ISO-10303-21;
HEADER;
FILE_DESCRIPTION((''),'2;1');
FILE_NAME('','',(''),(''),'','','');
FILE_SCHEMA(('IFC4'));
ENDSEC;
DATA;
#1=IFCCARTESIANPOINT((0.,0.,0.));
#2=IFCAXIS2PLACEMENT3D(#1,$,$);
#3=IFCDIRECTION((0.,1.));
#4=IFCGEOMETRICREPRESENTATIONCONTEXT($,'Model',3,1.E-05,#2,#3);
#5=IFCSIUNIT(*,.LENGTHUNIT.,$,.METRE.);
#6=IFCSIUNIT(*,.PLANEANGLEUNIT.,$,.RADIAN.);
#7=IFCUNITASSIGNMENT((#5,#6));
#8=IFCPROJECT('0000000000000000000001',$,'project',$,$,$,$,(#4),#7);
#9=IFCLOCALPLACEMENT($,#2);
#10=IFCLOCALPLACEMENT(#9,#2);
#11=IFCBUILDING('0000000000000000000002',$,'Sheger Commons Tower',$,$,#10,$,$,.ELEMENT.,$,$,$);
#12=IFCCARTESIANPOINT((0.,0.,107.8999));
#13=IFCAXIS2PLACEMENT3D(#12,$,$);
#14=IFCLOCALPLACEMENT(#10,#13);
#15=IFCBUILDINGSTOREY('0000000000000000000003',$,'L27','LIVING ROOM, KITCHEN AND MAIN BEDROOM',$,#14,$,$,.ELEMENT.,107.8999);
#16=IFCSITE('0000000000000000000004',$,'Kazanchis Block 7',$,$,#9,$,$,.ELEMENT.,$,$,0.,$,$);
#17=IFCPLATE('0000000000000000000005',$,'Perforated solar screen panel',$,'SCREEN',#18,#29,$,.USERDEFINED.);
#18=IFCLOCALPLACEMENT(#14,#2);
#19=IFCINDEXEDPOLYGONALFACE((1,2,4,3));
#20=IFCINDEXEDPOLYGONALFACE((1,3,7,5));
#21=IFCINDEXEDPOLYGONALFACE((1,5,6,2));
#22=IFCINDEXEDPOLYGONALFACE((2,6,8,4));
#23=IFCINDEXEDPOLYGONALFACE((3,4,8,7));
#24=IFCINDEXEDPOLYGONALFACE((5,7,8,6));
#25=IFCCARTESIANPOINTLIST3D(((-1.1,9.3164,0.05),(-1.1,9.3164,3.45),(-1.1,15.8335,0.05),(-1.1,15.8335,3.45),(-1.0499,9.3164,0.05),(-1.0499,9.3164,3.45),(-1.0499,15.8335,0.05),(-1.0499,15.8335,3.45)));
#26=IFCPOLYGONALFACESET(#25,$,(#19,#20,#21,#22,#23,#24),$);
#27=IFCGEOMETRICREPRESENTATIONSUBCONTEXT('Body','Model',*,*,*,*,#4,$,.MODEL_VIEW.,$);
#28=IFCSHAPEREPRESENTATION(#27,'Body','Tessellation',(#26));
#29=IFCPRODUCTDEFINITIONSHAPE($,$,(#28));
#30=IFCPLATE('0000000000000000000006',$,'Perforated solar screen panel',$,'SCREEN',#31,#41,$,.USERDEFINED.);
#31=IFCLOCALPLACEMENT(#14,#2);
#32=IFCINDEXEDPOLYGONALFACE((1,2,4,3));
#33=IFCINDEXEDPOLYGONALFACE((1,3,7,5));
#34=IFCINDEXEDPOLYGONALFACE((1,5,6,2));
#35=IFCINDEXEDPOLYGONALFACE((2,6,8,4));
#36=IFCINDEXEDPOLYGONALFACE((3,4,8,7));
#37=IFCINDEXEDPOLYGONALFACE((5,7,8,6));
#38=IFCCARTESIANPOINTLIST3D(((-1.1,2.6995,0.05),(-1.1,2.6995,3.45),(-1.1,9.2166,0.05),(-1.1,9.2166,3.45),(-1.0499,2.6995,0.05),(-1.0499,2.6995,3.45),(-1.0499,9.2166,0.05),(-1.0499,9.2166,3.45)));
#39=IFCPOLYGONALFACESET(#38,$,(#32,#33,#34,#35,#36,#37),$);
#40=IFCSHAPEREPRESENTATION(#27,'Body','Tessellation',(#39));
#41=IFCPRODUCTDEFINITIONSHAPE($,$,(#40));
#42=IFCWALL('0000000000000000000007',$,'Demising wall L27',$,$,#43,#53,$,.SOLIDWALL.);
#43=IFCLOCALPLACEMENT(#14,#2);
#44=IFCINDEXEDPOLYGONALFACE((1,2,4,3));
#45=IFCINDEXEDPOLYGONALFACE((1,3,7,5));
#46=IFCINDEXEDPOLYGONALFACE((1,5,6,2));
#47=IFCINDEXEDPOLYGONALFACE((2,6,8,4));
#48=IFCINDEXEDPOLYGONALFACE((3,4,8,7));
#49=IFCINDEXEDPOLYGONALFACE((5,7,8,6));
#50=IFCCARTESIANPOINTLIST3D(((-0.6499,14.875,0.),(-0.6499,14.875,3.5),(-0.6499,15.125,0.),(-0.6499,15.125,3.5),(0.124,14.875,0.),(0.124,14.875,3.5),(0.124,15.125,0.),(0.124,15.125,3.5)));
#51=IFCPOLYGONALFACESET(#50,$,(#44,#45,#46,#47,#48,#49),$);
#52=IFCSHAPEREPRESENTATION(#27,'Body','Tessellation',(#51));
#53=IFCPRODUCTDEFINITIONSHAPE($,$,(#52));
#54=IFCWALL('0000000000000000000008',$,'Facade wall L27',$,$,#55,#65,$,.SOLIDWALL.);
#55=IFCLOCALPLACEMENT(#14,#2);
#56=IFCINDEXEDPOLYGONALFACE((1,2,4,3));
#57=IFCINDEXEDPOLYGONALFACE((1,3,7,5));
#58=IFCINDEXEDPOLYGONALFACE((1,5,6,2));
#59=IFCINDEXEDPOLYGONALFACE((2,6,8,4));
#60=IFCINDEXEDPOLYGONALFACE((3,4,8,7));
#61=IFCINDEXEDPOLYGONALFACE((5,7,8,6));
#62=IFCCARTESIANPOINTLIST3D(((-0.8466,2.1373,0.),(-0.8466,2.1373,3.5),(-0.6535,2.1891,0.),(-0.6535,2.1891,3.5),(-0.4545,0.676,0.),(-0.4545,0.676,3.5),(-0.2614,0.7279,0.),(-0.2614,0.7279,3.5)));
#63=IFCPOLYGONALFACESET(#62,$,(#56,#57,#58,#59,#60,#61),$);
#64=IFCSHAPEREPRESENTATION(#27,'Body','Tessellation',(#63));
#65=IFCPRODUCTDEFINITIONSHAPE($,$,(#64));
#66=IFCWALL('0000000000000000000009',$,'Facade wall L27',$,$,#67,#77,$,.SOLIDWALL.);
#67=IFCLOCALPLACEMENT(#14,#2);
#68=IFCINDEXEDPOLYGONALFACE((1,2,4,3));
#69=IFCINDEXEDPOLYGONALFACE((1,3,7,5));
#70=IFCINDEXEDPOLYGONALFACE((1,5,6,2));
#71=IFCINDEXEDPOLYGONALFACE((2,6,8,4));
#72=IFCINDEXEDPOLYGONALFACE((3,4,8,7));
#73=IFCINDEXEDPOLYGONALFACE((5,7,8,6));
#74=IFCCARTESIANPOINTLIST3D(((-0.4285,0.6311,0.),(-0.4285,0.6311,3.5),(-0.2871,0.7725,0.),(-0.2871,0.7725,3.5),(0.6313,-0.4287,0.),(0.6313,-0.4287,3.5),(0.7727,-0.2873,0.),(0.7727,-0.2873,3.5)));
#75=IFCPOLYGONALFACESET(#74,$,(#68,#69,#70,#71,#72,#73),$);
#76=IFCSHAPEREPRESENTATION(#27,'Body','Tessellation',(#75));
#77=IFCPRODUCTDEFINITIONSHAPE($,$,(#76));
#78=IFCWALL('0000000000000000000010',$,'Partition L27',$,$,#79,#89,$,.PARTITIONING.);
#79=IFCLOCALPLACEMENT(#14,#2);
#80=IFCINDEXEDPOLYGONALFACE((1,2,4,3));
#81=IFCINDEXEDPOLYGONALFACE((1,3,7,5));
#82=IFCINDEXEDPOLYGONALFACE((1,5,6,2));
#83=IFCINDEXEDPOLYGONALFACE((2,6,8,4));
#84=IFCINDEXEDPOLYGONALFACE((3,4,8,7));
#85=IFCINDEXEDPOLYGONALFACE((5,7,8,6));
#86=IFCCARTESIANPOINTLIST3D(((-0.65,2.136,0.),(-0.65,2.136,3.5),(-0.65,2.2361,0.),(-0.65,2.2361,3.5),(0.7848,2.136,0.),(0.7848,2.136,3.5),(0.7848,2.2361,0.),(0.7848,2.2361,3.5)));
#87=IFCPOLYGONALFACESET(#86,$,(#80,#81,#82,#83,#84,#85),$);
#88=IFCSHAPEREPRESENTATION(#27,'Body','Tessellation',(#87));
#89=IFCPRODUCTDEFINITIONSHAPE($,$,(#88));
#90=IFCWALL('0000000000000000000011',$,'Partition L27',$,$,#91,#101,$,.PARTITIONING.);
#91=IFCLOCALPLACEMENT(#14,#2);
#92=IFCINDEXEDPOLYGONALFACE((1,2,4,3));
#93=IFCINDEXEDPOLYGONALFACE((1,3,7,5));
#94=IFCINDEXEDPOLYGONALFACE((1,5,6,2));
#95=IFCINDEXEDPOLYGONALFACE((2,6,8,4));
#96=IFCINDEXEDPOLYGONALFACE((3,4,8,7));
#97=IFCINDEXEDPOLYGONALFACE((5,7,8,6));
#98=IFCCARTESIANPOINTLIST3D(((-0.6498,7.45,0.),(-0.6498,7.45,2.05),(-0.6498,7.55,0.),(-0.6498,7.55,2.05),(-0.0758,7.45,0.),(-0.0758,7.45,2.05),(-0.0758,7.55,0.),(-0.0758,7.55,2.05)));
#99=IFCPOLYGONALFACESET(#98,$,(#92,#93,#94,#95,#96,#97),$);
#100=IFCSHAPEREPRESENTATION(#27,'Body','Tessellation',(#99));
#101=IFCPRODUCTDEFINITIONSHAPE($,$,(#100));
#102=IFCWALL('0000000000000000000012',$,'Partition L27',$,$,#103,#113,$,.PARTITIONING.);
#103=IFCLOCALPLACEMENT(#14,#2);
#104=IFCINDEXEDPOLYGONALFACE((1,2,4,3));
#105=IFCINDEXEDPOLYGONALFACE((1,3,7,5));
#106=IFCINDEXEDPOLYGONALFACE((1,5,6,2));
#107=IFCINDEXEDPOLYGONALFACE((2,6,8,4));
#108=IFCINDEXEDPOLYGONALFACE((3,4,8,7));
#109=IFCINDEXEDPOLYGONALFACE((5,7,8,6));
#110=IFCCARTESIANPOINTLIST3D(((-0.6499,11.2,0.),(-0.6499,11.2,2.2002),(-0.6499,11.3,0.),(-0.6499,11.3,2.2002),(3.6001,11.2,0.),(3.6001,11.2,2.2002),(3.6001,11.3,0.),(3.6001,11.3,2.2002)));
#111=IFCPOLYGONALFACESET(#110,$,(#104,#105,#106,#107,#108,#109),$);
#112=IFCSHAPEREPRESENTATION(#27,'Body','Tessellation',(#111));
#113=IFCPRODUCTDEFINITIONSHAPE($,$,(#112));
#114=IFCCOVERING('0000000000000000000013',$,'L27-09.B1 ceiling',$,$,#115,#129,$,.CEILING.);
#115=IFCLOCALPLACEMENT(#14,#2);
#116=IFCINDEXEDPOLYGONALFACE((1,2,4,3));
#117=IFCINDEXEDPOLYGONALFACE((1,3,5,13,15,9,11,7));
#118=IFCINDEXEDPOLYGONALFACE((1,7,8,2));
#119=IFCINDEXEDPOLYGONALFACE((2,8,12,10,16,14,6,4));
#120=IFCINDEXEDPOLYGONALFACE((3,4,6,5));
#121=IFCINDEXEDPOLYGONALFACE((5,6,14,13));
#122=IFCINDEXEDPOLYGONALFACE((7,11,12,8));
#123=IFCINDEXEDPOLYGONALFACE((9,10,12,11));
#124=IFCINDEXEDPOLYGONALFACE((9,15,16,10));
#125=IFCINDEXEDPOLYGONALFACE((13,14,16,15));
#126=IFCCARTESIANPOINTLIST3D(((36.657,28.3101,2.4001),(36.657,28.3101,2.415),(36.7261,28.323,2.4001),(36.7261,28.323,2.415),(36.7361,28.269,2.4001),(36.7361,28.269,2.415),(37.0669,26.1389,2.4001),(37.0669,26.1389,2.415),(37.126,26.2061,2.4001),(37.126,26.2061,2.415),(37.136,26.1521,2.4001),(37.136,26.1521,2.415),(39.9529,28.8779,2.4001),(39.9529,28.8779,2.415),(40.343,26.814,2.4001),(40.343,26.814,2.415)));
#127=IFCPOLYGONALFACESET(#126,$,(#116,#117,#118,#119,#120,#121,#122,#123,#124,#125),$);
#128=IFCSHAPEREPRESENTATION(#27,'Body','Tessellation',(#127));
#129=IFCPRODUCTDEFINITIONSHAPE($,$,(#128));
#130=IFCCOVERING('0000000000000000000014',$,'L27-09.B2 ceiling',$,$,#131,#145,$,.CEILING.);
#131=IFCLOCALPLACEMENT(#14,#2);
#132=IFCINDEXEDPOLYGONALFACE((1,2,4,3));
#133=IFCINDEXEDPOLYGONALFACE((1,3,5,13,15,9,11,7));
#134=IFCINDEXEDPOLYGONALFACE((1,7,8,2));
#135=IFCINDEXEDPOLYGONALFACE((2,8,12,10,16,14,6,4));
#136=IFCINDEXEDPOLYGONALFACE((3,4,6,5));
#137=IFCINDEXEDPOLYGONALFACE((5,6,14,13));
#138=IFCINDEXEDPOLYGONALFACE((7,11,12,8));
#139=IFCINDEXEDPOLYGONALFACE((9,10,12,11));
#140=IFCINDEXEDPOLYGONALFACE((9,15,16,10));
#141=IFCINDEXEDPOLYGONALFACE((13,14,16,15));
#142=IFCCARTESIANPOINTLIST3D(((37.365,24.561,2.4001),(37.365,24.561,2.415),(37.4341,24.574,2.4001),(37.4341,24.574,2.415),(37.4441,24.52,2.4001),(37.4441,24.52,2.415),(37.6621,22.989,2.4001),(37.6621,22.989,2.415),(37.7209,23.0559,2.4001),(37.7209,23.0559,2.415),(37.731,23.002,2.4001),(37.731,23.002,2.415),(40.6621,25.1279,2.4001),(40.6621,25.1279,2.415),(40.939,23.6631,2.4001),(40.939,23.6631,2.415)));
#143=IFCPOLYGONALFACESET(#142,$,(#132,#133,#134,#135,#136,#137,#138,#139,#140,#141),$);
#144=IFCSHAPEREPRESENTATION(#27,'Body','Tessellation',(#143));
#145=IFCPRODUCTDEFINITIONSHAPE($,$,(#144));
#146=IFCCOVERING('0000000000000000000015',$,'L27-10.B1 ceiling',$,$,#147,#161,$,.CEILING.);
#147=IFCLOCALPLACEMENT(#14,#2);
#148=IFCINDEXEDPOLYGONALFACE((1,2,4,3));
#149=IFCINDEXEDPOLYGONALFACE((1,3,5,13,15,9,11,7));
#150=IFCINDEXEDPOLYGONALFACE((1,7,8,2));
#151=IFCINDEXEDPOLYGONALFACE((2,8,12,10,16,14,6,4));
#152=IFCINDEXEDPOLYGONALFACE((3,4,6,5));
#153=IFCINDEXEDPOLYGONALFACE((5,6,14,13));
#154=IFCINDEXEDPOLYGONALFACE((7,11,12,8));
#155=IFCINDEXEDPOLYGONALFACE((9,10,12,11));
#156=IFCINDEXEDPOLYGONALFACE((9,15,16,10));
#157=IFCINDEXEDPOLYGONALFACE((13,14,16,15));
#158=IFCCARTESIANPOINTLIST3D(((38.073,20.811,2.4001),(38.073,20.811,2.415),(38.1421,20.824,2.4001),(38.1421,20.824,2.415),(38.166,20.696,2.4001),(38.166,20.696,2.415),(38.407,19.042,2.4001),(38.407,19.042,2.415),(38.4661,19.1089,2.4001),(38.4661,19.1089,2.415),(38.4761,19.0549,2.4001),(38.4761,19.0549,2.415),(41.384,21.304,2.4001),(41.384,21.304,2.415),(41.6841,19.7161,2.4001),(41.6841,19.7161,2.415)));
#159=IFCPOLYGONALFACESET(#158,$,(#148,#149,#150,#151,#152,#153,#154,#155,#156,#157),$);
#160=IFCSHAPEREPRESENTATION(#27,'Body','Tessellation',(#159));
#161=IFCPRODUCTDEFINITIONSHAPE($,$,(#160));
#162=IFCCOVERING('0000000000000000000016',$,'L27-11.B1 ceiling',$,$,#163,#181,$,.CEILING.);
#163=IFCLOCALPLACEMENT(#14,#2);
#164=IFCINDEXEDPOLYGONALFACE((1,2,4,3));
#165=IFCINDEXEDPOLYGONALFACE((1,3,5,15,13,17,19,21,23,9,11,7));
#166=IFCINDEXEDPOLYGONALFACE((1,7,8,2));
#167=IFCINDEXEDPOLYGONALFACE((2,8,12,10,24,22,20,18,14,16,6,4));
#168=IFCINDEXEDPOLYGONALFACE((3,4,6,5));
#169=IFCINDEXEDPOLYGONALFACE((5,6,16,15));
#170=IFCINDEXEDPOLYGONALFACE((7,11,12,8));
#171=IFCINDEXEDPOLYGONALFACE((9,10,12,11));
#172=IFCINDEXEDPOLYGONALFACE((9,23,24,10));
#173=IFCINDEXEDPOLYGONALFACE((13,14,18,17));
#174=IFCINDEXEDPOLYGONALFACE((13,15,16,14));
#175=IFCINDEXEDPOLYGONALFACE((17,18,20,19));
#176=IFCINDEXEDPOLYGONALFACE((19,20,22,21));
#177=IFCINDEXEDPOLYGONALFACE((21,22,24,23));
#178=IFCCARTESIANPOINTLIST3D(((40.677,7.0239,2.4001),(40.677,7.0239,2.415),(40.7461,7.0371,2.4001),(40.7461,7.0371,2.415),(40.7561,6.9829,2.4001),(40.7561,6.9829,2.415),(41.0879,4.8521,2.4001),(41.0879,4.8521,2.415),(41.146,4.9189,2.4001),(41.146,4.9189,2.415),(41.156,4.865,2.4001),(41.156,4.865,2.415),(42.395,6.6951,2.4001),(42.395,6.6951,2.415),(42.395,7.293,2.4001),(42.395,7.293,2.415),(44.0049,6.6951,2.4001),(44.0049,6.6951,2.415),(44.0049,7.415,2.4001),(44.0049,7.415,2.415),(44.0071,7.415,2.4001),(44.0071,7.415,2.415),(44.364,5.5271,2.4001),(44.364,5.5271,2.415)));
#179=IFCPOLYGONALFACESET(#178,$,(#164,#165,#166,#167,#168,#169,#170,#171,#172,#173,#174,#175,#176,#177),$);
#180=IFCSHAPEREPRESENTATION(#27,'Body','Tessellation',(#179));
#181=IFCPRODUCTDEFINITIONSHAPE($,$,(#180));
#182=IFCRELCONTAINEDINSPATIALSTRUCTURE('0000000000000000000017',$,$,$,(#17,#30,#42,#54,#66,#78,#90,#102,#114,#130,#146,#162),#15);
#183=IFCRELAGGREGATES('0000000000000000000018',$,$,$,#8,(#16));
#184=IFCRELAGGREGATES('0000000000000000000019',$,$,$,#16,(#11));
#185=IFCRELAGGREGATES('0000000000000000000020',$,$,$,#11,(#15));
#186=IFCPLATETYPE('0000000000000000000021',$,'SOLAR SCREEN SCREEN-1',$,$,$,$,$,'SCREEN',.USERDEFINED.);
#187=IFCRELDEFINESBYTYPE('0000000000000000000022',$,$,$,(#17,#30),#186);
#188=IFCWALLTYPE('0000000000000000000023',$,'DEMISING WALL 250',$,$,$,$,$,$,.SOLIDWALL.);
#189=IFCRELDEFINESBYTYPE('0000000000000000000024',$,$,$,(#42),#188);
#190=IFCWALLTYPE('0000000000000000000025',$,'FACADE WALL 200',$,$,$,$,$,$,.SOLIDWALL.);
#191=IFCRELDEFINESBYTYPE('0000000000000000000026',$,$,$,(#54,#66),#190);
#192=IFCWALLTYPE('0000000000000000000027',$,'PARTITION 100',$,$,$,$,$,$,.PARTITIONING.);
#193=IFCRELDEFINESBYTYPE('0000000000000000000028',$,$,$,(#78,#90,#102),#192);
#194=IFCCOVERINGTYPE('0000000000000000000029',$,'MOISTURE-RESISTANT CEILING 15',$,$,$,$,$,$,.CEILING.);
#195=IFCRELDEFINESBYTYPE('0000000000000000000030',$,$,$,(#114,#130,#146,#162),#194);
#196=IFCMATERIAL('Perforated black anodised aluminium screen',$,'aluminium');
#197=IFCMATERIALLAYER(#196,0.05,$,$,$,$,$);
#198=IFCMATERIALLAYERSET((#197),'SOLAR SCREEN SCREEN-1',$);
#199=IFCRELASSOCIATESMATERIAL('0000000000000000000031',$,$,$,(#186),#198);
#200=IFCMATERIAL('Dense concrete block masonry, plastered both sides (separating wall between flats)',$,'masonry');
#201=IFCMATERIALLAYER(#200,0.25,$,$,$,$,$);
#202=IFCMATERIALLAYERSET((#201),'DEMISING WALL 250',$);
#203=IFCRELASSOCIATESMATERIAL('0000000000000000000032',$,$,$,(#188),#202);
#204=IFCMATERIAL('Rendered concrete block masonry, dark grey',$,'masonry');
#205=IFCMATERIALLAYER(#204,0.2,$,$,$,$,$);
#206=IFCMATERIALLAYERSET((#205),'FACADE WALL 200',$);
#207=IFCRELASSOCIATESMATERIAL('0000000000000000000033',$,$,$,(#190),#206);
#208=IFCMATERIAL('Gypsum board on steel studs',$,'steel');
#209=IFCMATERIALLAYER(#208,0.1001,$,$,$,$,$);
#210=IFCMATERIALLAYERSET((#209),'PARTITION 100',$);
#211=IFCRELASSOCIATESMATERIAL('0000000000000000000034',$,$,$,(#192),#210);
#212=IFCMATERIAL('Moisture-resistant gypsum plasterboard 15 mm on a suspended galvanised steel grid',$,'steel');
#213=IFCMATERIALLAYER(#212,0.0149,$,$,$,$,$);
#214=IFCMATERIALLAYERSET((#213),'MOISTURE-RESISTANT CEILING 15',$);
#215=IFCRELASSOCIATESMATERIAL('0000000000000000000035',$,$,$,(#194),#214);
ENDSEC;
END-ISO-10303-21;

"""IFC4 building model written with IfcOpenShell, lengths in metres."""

from ifc_helpers import new_model, si_unit, direction, frame, frame_2d, origin, origin_2d, place, context, subcontext, project, spatial, polyline, rectangle, outline, extrude, material, layer, layer_set, type_object, element, save


model = new_model("IFC4")

# Units and contexts
model_context = context("Model", 3, precision=1e-05, world=origin(), true_north=direction((0.0, 1.0)))
body_context = subcontext(model_context, "Body", "Model", "MODEL_VIEW")
ifc_project = project(units=[si_unit("LENGTHUNIT", "METRE"), si_unit("PLANEANGLEUNIT", "RADIAN")], contexts=[model_context])

# Site, building, storey
site_placement = place(None, origin())
site = spatial("IfcSite", under=ifc_project, at=site_placement, Name="Kazanchis Block 7", CompositionType="ELEMENT", RefElevation=0.0)
building_placement = place(site_placement, origin())
building = spatial("IfcBuilding", under=site, at=building_placement, Name="Sheger Commons Tower", CompositionType="ELEMENT")
storey_placement = place(building_placement, frame((0.0, 0.0, 107.8999)))
storey = spatial("IfcBuildingStorey", under=building, at=storey_placement, Name="L27", Description="LIVING ROOM, KITCHEN AND MAIN BEDROOM", CompositionType="ELEMENT", Elevation=107.8999)

# Plates
ifc_material_1 = material(Name="Perforated black anodised aluminium screen", Category="aluminium")
ifc_layer_1 = layer(ifc_material_1, 0.05)
ifc_layer_set_1 = layer_set([ifc_layer_1], Name="SOLAR SCREEN SCREEN-1")
plate_type = type_object("IfcPlateType", Name="SOLAR SCREEN SCREEN-1", ElementType="SCREEN", PredefinedType="USERDEFINED", material=ifc_layer_set_1)
for number, where, z_axis, x_axis, name in (
    (1, (-1.075, 12.575, 0.05), (0.0, 0.0, 1.0), (0.0, -1.0, 0.0), "Perforated solar screen panel"),
    (2, (-1.075, 5.958, 0.05), (0.0, 0.0, 1.0), (0.0, -1.0, 0.0), "Perforated solar screen panel"),
):
    element("IfcPlate", number, at=place(storey_placement, frame(where, z_axis=z_axis, x_axis=x_axis)), inside=storey, type_object=plate_type, Name=name, ObjectType="SCREEN", PredefinedType="USERDEFINED", context=body_context, shape_type="SweptSolid", body=[
        extrude(rectangle(XDim=6.5171, YDim=0.05, at=origin_2d()), origin(), (0.0, 0.0, 1.0), 3.3999),
    ])

# Walls
ifc_material_2 = material(Name="Dense concrete block masonry, plastered both sides (separating wall between flats)", Category="masonry")
ifc_layer_2 = layer(ifc_material_2, 0.25)
ifc_layer_set_2 = layer_set([ifc_layer_2], Name="DEMISING WALL 250")
wall_type_1 = type_object("IfcWallType", Name="DEMISING WALL 250", PredefinedType="SOLIDWALL", material=ifc_layer_set_2)
wall_1_placement = place(storey_placement, frame((-0.6499, 15.0, 0.0), z_axis=(0.0, 0.0, 1.0), x_axis=(1.0, 0.0, 0.0)))
element("IfcWall", 3, at=wall_1_placement, inside=storey, type_object=wall_type_1, Name="Demising wall L27", PredefinedType="SOLIDWALL", context=body_context, shape_type="SweptSolid", body=[
    extrude(rectangle(XDim=0.7739, YDim=0.25, at=frame_2d((0.387, 0.0))), origin(), (0.0, 0.0, 1.0), 3.5),
])
ifc_material_3 = material(Name="Rendered concrete block masonry, dark grey", Category="masonry")
ifc_layer_3 = layer(ifc_material_3, 0.2)
ifc_layer_set_3 = layer_set([ifc_layer_3], Name="FACADE WALL 200")
wall_type_2 = type_object("IfcWallType", Name="FACADE WALL 200", PredefinedType="SOLIDWALL", material=ifc_layer_set_3)
wall_2_placement = place(storey_placement, frame((-0.75, 2.1631, 0.0), z_axis=(0.0, 0.0, 1.0), x_axis=(0.259169, -0.965832, 0.0)))
element("IfcWall", 4, at=wall_2_placement, inside=storey, type_object=wall_type_2, Name="Facade wall L27", PredefinedType="SOLIDWALL", context=body_context, shape_type="SweptSolid", body=[
    extrude(rectangle(XDim=1.5129, YDim=0.2, at=frame_2d((0.7563, 0.0))), origin(), (0.0, 0.0, 1.0), 3.5),
])
wall_3_placement = place(storey_placement, frame((-0.3579, 0.7019, 0.0), z_axis=(0.0, 0.0, 1.0), x_axis=(0.707107, -0.707107, 0.0)))
element("IfcWall", 5, at=wall_3_placement, inside=storey, type_object=wall_type_2, Name="Facade wall L27", PredefinedType="SOLIDWALL", context=body_context, shape_type="SweptSolid", body=[
    extrude(rectangle(XDim=1.4988, YDim=0.2, at=frame_2d((0.7495, 0.0))), origin(), (0.0, 0.0, 1.0), 3.5),
])
ifc_material_4 = material(Name="Gypsum board on steel studs", Category="steel")
ifc_layer_4 = layer(ifc_material_4, 0.1001)
ifc_layer_set_4 = layer_set([ifc_layer_4], Name="PARTITION 100")
wall_type_3 = type_object("IfcWallType", Name="PARTITION 100", PredefinedType="PARTITIONING", material=ifc_layer_set_4)
wall_4_placement = place(storey_placement, frame((-0.6499, 2.186, 0.0), z_axis=(0.0, 0.0, 1.0), x_axis=(1.0, 0.0, 0.0)))
element("IfcWall", 6, at=wall_4_placement, inside=storey, type_object=wall_type_3, Name="Partition L27", PredefinedType="PARTITIONING", context=body_context, shape_type="SweptSolid", body=[
    extrude(rectangle(XDim=1.4348, YDim=0.1001, at=frame_2d((0.7173, 0.0))), origin(), (0.0, 0.0, 1.0), 3.5),
])
wall_5_placement = place(storey_placement, frame((-0.6499, 7.5, 0.0), z_axis=(0.0, 0.0, 1.0), x_axis=(1.0, 0.0, 0.0)))
element("IfcWall", 7, at=wall_5_placement, inside=storey, type_object=wall_type_3, Name="Partition L27", PredefinedType="PARTITIONING", context=body_context, shape_type="SweptSolid", body=[
    extrude(rectangle(XDim=0.574, YDim=0.1001, at=frame_2d((0.2871, 0.0))), origin(), (0.0, 0.0, 1.0), 2.05),
])
wall_6_placement = place(storey_placement, frame((-0.6499, 11.25, 0.0), z_axis=(0.0, 0.0, 1.0), x_axis=(1.0, 0.0, 0.0)))
element("IfcWall", 8, at=wall_6_placement, inside=storey, type_object=wall_type_3, Name="Partition L27", PredefinedType="PARTITIONING", context=body_context, shape_type="SweptSolid", body=[
    extrude(rectangle(XDim=4.25, YDim=0.1001, at=frame_2d((2.125, 0.0))), origin(), (0.0, 0.0, 1.0), 2.2002),
])

# Coverings
ifc_material_5 = material(Name="Moisture-resistant gypsum plasterboard 15 mm on a suspended galvanised steel grid", Category="steel")
ifc_layer_5 = layer(ifc_material_5, 0.0149)
ifc_layer_set_5 = layer_set([ifc_layer_5], Name="MOISTURE-RESISTANT CEILING 15")
covering_type_1 = type_object("IfcCoveringType", Name="MOISTURE-RESISTANT CEILING 15", PredefinedType="CEILING", material=ifc_layer_set_5)
covering_1_placement = place(storey_placement, frame((0.0, 0.0, 2.4001)))
element("IfcCovering", 9, at=covering_1_placement, inside=storey, type_object=covering_type_1, Name="L27-09.B1 ceiling", PredefinedType="CEILING", context=body_context, shape_type="SweptSolid", body=[
    extrude(outline(polyline([(37.0669, 26.1389), (37.136, 26.1521), (37.126, 26.2061), (40.343, 26.814), (39.9529, 28.8779), (36.7361, 28.269), (36.7261, 28.323), (36.657, 28.3101), (37.0669, 26.1389)])), origin(), (0.0, 0.0, 1.0), 0.0149),
])
covering_2_placement = place(storey_placement, frame((0.0, 0.0, 2.4001)))
element("IfcCovering", 10, at=covering_2_placement, inside=storey, type_object=covering_type_1, Name="L27-09.B2 ceiling", PredefinedType="CEILING", context=body_context, shape_type="SweptSolid", body=[
    extrude(outline(polyline([(37.6621, 22.989), (37.731, 23.002), (37.7209, 23.0559), (40.939, 23.6631), (40.6621, 25.1279), (37.4441, 24.52), (37.4341, 24.574), (37.365, 24.561), (37.6621, 22.989)])), origin(), (0.0, 0.0, 1.0), 0.0149),
])
covering_3_placement = place(storey_placement, frame((0.0, 0.0, 2.4001)))
element("IfcCovering", 11, at=covering_3_placement, inside=storey, type_object=covering_type_1, Name="L27-10.B1 ceiling", PredefinedType="CEILING", context=body_context, shape_type="SweptSolid", body=[
    extrude(outline(polyline([(38.407, 19.042), (38.4761, 19.0549), (38.4661, 19.1089), (41.6841, 19.7161), (41.384, 21.304), (38.166, 20.696), (38.1421, 20.824), (38.073, 20.811), (38.407, 19.042)])), origin(), (0.0, 0.0, 1.0), 0.0149),
])
covering_4_placement = place(storey_placement, frame((0.0, 0.0, 2.4001)))
element("IfcCovering", 12, at=covering_4_placement, inside=storey, type_object=covering_type_1, Name="L27-11.B1 ceiling", PredefinedType="CEILING", context=body_context, shape_type="SweptSolid", body=[
    extrude(outline(polyline([(41.0879, 4.8521), (41.156, 4.865), (41.146, 4.9189), (44.364, 5.5271), (44.0071, 7.415), (44.0049, 7.415), (44.0049, 6.6951), (42.395, 6.6951), (42.395, 7.293), (40.7561, 6.9829), (40.7461, 7.0371), (40.677, 7.0239), (41.0879, 4.8521)])), origin(), (0.0, 0.0, 1.0), 0.0149),
])

save(model, "model.ifc")
